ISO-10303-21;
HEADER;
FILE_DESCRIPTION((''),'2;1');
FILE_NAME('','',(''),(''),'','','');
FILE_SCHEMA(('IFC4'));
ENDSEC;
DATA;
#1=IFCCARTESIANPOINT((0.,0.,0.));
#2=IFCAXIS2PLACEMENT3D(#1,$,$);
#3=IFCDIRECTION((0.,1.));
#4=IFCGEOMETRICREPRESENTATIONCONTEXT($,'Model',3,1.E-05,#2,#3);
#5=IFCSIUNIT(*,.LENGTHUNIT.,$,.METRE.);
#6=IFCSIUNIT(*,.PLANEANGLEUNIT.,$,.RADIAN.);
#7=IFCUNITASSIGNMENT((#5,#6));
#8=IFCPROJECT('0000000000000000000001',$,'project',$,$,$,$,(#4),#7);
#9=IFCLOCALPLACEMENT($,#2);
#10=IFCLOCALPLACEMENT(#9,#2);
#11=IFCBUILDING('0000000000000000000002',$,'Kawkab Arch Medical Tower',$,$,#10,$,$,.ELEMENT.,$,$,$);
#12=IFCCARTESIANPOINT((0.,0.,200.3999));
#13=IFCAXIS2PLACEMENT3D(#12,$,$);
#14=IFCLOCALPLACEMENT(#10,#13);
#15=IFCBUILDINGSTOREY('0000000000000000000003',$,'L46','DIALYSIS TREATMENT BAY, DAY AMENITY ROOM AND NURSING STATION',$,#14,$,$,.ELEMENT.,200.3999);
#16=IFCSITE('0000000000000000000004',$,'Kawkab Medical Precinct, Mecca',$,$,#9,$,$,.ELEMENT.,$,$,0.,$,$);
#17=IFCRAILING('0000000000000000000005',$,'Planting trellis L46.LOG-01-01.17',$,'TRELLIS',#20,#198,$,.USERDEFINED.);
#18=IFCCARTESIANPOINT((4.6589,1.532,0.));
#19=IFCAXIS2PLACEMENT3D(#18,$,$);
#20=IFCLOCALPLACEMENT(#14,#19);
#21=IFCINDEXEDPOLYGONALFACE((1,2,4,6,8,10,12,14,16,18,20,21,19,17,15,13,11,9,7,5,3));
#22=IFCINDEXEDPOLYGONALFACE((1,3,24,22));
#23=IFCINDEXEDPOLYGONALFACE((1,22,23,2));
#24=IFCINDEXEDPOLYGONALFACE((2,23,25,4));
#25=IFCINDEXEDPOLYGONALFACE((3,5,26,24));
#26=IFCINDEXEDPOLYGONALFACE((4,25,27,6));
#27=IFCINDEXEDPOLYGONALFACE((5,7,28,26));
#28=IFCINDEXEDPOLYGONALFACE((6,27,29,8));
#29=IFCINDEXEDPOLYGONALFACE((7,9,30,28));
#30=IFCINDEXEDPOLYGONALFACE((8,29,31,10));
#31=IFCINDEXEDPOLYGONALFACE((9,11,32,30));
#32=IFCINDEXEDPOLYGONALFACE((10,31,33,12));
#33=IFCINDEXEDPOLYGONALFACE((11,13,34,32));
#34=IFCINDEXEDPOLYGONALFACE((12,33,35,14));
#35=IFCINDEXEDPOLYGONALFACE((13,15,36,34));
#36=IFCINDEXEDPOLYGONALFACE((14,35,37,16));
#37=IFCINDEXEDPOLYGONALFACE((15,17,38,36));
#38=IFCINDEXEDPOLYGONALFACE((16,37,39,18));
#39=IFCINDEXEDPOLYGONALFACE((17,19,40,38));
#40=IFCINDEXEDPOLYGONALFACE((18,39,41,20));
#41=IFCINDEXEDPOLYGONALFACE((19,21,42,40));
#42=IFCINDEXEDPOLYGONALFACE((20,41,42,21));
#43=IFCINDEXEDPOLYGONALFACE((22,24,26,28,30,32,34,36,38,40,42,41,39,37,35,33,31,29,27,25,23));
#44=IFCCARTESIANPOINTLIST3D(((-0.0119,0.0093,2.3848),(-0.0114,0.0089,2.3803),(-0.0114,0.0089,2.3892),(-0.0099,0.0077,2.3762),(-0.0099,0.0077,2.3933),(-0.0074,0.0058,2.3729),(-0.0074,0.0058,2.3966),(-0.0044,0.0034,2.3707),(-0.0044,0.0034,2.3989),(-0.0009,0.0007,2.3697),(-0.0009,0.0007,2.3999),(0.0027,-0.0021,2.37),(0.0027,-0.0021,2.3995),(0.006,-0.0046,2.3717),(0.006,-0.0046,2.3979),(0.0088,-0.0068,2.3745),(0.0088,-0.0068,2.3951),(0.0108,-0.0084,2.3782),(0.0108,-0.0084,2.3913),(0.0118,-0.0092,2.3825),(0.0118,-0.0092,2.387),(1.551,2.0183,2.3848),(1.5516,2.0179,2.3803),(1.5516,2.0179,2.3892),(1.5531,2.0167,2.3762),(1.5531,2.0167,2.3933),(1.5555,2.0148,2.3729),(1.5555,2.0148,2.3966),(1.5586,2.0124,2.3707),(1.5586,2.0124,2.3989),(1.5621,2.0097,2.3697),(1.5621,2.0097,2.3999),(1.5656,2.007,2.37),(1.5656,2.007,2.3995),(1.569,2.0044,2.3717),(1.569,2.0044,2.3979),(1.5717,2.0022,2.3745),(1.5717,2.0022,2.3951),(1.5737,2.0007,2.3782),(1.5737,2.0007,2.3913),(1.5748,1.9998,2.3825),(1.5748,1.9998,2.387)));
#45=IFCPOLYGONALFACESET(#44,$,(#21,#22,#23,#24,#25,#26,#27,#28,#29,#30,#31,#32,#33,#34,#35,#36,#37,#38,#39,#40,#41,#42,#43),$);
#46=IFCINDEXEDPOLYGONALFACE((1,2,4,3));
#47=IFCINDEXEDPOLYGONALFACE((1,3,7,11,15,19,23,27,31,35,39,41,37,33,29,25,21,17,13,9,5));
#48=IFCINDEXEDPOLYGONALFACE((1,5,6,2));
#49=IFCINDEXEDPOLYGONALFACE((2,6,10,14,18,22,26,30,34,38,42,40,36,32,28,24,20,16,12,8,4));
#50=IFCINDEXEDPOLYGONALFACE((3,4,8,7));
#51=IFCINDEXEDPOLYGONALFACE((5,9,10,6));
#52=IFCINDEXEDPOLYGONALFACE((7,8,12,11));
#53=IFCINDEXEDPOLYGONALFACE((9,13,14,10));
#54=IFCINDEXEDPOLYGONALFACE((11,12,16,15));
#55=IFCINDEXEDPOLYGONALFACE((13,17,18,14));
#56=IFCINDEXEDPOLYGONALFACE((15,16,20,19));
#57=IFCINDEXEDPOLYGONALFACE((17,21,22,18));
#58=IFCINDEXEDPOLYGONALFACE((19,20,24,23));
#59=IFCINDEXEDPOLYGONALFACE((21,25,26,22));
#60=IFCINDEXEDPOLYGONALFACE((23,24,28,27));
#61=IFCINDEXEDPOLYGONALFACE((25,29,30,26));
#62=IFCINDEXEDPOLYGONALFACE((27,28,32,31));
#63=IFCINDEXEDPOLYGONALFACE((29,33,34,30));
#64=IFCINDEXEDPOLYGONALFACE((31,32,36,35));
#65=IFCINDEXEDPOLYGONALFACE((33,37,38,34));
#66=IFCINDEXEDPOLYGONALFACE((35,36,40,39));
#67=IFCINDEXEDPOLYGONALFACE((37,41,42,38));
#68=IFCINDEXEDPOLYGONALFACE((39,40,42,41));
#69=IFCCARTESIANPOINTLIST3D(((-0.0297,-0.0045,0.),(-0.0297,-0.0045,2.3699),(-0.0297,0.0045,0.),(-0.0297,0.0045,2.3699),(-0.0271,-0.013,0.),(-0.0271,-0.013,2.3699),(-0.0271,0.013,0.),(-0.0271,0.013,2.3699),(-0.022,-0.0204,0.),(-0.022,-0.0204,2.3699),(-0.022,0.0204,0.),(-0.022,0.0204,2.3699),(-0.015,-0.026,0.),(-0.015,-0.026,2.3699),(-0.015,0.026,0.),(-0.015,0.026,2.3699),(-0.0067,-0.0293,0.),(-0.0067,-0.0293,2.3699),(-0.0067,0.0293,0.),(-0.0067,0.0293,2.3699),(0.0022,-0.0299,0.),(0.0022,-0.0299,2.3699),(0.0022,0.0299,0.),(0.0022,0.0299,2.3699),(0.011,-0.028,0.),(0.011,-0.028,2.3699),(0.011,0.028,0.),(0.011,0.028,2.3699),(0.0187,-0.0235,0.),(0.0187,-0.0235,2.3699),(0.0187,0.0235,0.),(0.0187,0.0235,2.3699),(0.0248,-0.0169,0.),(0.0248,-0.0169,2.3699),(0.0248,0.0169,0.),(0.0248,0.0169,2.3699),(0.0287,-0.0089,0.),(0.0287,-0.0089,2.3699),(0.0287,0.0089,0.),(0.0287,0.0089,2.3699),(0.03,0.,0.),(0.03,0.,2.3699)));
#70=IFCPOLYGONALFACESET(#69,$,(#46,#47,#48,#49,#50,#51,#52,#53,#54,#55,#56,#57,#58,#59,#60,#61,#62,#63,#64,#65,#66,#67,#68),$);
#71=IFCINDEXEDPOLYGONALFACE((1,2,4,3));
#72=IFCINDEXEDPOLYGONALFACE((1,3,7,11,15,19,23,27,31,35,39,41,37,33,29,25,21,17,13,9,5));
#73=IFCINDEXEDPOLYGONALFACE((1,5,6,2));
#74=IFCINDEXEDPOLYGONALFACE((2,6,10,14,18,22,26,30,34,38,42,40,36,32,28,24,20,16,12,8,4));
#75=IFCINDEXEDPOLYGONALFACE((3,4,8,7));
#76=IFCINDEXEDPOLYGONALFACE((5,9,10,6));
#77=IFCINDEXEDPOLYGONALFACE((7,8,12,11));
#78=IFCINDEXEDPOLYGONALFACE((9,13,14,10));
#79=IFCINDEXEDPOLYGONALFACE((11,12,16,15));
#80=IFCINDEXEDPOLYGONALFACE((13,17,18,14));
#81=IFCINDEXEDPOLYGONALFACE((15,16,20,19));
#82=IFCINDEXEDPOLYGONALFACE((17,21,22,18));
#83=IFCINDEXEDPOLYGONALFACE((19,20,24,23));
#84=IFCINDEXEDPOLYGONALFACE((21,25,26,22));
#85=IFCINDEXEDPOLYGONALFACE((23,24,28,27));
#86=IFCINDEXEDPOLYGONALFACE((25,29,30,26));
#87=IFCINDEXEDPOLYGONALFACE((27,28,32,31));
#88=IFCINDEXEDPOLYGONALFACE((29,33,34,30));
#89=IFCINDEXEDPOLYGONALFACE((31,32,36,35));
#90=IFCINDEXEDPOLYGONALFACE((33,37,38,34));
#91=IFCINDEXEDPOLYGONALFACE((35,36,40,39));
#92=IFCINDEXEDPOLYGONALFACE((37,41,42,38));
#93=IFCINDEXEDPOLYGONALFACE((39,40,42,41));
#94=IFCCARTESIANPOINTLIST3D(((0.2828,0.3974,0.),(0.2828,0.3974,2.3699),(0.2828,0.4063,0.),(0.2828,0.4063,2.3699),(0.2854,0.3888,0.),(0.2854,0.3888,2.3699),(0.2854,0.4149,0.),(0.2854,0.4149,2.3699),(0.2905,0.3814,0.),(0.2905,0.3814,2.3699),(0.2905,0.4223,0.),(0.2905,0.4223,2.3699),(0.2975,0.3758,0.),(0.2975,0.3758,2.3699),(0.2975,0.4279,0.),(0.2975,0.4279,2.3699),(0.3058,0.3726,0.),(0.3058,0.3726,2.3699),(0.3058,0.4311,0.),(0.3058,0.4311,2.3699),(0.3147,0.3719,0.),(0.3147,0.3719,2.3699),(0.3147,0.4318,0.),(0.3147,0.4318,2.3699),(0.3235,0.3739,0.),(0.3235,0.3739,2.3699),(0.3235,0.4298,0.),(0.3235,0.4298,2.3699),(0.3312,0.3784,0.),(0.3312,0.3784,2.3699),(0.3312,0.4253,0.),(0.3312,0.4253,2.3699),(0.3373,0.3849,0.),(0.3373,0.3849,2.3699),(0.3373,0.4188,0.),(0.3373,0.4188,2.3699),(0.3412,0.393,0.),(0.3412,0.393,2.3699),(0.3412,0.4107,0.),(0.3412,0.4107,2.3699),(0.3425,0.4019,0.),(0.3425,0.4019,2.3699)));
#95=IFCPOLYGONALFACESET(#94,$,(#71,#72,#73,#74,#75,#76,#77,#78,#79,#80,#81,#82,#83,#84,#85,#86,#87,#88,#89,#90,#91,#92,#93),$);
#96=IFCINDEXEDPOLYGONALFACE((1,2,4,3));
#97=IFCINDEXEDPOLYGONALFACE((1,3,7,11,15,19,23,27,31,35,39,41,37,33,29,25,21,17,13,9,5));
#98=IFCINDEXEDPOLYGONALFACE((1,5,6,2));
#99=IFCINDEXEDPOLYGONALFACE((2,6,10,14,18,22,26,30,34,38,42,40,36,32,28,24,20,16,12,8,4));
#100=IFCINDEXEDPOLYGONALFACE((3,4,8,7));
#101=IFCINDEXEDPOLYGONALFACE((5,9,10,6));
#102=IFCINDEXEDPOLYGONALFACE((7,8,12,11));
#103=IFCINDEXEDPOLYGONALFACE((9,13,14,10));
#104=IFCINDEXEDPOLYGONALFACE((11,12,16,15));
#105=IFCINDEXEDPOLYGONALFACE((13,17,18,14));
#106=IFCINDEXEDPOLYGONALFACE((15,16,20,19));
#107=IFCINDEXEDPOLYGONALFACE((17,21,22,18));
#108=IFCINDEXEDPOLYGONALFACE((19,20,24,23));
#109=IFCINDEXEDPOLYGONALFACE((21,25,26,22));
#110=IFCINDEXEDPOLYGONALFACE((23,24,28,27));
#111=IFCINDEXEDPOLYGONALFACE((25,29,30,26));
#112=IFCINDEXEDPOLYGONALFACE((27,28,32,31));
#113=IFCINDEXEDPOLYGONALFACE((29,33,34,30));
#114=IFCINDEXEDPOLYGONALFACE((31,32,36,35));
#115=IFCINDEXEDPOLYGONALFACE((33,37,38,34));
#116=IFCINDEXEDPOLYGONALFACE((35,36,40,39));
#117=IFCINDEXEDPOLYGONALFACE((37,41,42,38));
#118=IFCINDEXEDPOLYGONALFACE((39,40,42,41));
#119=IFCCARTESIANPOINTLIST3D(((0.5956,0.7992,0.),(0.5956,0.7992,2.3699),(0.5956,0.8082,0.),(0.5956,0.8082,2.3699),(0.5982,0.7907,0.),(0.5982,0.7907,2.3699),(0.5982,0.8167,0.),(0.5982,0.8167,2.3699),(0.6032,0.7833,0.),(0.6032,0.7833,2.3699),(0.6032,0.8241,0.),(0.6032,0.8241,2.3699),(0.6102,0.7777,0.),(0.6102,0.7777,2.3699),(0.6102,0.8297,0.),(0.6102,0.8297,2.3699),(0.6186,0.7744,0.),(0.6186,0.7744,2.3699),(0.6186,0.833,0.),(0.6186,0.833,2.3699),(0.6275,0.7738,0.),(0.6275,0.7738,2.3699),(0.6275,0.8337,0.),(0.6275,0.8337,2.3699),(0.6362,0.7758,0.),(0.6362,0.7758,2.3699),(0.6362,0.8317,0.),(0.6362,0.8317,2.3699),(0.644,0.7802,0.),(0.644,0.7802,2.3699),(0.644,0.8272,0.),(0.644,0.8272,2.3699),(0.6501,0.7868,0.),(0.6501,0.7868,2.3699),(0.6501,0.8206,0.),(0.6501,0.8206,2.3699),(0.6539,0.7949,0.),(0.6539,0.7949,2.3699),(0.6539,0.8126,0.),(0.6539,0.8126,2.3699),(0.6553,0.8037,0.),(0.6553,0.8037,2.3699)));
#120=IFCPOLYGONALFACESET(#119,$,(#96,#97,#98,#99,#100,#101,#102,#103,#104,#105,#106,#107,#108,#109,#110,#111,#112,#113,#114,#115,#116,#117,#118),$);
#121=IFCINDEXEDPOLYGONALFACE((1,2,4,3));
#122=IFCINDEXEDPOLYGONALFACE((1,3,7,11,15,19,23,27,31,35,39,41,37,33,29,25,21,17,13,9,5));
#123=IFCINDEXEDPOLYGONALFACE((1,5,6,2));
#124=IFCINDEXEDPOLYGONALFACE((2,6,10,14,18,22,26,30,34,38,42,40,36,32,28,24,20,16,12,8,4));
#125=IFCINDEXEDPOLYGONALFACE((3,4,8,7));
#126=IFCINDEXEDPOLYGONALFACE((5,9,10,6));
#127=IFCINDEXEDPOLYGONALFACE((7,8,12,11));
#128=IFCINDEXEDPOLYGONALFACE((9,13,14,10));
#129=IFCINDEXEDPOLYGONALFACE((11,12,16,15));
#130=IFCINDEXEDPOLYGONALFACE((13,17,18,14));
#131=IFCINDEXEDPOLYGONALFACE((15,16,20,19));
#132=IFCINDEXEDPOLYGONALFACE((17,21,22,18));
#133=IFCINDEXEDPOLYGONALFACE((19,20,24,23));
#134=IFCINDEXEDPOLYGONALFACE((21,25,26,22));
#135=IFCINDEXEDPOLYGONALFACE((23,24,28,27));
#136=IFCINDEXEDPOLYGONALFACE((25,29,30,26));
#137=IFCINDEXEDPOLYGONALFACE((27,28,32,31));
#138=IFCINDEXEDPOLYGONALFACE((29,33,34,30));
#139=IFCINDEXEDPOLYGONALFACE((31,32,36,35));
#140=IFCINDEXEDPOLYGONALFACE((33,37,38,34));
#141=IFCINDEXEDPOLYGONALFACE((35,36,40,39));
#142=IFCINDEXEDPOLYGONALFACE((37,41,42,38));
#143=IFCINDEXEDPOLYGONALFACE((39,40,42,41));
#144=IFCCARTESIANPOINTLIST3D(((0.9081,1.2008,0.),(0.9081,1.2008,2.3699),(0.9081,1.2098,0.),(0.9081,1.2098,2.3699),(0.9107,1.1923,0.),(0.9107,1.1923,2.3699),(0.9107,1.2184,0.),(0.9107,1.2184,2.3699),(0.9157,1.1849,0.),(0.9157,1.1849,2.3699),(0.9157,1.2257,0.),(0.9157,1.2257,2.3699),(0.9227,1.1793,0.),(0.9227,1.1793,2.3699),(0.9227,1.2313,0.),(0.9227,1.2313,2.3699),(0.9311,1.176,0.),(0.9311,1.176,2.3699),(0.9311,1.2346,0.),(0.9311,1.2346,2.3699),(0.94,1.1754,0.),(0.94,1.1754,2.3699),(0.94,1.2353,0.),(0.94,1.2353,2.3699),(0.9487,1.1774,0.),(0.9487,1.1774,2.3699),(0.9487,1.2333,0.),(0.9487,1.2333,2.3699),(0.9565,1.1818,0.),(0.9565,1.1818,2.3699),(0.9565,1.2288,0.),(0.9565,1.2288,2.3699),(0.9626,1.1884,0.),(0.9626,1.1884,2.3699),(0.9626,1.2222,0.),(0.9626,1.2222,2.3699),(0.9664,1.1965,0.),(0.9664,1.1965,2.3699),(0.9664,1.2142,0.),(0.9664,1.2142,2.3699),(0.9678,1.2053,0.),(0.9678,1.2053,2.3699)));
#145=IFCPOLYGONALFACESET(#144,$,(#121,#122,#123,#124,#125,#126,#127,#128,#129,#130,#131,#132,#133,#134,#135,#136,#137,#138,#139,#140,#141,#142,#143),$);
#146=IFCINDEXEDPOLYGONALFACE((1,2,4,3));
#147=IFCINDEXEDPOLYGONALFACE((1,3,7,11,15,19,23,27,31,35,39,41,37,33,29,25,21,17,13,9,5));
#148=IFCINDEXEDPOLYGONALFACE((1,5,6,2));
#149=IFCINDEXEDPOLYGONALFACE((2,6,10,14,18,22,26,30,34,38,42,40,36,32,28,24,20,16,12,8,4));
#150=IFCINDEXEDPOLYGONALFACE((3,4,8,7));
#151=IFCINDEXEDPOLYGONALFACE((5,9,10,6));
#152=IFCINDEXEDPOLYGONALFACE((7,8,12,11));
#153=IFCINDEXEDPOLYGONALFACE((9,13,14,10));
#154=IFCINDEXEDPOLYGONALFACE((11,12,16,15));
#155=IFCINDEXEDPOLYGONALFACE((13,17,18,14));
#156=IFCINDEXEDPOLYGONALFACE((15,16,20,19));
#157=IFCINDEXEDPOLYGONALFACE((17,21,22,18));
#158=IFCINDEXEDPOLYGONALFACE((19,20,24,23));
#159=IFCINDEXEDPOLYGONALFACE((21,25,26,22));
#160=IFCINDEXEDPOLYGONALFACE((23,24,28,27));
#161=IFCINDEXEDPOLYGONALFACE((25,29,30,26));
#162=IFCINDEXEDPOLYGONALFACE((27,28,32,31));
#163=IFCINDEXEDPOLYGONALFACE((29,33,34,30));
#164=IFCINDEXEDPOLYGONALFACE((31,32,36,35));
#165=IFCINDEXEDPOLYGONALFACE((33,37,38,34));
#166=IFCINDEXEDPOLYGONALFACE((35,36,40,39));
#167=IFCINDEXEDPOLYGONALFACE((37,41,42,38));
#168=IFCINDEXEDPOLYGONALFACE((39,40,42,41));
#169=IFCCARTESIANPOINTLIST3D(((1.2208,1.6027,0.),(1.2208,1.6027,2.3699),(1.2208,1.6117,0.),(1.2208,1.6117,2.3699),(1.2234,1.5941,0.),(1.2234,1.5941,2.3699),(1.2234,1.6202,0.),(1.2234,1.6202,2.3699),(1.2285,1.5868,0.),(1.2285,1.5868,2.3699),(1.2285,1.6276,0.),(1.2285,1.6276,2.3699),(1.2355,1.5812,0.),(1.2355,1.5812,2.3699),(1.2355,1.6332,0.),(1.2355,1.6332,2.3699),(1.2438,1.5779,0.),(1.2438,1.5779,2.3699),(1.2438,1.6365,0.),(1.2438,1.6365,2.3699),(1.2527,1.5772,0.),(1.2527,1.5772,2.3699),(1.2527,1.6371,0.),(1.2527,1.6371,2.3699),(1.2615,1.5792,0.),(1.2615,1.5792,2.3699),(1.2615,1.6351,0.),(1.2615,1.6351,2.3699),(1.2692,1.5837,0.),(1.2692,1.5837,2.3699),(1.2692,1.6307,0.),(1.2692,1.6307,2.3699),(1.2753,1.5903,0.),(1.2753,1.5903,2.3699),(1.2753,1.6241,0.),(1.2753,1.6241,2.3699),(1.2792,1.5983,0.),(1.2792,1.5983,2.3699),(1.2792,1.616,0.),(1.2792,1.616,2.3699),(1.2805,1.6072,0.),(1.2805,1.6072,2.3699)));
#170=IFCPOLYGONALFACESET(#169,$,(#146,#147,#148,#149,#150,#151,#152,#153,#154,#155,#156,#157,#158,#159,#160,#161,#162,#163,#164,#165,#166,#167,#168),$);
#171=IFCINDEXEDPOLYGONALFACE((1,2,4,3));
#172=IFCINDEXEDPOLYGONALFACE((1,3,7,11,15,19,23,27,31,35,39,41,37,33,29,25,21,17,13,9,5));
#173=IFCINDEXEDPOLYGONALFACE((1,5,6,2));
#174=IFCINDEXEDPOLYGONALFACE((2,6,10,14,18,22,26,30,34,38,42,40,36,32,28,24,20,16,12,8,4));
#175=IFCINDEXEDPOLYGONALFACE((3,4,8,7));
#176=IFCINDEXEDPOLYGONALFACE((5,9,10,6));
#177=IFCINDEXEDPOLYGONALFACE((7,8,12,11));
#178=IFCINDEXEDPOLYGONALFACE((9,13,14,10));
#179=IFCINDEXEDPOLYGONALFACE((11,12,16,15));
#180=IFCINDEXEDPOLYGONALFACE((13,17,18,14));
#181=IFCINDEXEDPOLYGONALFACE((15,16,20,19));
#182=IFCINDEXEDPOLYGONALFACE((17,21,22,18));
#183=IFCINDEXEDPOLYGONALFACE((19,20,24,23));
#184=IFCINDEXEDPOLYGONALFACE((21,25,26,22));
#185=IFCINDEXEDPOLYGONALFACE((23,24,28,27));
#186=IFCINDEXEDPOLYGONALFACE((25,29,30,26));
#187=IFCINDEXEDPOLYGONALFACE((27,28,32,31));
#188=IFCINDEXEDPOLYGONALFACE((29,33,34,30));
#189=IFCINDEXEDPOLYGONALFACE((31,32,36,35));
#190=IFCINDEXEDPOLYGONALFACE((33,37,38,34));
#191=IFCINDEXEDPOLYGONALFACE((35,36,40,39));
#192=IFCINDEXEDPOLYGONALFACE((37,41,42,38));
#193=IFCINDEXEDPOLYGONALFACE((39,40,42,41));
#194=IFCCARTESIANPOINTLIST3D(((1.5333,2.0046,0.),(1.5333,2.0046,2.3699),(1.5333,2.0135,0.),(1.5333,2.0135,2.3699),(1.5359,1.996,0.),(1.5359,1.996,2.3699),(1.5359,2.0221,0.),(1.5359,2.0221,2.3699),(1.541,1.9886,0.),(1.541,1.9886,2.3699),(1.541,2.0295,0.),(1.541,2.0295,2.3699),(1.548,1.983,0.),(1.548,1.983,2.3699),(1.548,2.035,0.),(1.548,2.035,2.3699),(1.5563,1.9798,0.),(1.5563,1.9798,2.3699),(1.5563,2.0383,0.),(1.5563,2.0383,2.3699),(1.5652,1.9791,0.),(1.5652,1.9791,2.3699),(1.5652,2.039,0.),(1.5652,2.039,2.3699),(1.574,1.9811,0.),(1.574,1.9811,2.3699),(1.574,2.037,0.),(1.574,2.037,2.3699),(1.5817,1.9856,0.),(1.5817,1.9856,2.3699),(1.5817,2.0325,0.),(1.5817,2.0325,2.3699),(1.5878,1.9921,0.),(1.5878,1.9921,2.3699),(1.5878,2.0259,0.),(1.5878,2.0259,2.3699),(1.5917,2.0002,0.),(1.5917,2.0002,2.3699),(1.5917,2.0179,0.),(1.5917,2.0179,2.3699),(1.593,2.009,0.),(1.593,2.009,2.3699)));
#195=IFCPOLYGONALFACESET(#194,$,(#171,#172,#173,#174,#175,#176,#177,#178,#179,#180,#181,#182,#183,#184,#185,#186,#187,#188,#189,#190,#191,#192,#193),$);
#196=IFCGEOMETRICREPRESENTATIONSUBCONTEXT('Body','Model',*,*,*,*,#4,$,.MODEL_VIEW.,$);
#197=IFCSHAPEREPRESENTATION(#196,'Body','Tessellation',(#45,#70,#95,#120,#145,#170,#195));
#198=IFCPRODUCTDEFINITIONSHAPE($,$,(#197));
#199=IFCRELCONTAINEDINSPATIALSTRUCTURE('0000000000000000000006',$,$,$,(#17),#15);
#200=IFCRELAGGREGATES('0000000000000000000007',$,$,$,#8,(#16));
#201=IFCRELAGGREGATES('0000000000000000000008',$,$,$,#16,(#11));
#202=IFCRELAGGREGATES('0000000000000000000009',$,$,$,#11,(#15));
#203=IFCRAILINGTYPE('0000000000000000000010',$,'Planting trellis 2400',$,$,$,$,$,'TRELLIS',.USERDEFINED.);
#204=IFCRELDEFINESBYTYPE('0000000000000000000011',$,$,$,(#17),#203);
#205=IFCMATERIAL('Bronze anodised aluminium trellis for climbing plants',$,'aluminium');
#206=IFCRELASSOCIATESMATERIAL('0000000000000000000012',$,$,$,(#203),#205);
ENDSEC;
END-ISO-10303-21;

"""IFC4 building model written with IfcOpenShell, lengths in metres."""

from ifc_helpers import new_model, si_unit, direction, frame, origin, origin_2d, place, context, subcontext, project, spatial, circle, extrude, material, type_object, element, save


model = new_model("IFC4")

# Units and contexts
model_context = context("Model", 3, precision=1e-05, world=origin(), true_north=direction((0.0, 1.0)))
body_context = subcontext(model_context, "Body", "Model", "MODEL_VIEW")
ifc_project = project(units=[si_unit("LENGTHUNIT", "METRE"), si_unit("PLANEANGLEUNIT", "RADIAN")], contexts=[model_context])

# Site, building, storey
site_placement = place(None, origin())
site = spatial("IfcSite", under=ifc_project, at=site_placement, Name="Kawkab Medical Precinct, Mecca", CompositionType="ELEMENT", RefElevation=0.0)
building_placement = place(site_placement, origin())
building = spatial("IfcBuilding", under=site, at=building_placement, Name="Kawkab Arch Medical Tower", CompositionType="ELEMENT")
storey_placement = place(building_placement, frame((0.0, 0.0, 200.3999)))
storey = spatial("IfcBuildingStorey", under=building, at=storey_placement, Name="L46", Description="DIALYSIS TREATMENT BAY, DAY AMENITY ROOM AND NURSING STATION", CompositionType="ELEMENT", Elevation=200.3999)

# Railing
ifc_material_1 = material(Name="Bronze anodised aluminium trellis for climbing plants", Category="aluminium")
railing_type = type_object("IfcRailingType", Name="Planting trellis 2400", ElementType="TRELLIS", PredefinedType="USERDEFINED", material=ifc_material_1)
railing_1_placement = place(storey_placement, frame((4.6589, 1.532, 0.0)))
element("IfcRailing", 1, at=railing_1_placement, inside=storey, type_object=railing_type, Name="Planting trellis L46.LOG-01-01.17", ObjectType="TRELLIS", PredefinedType="USERDEFINED", context=body_context, shape_type="SweptSolid", body=[
    extrude(circle(Radius=0.0151, at=origin_2d()), frame((0.0, 0.0, 2.3848), z_axis=(0.61404, 0.789275, 0.0), x_axis=(-0.789275, 0.61404, 0.0)), (0.0, 0.0, 1.0), 2.5454),
    extrude(circle(Radius=0.03, at=origin_2d()), origin(), (0.0, 0.0, 1.0), 2.3699),
    extrude(circle(Radius=0.03, at=origin_2d()), frame((0.3125, 0.4019, 0.0)), (0.0, 0.0, 1.0), 2.3699),
    extrude(circle(Radius=0.03, at=origin_2d()), frame((0.6252, 0.8037, 0.0)), (0.0, 0.0, 1.0), 2.3699),
    extrude(circle(Radius=0.03, at=origin_2d()), frame((0.9377, 1.2053, 0.0)), (0.0, 0.0, 1.0), 2.3699),
    extrude(circle(Radius=0.03, at=origin_2d()), frame((1.2505, 1.6072, 0.0)), (0.0, 0.0, 1.0), 2.3699),
    extrude(circle(Radius=0.03, at=origin_2d()), frame((1.563, 2.009, 0.0)), (0.0, 0.0, 1.0), 2.3699),
])

save(model, "model.ifc")
